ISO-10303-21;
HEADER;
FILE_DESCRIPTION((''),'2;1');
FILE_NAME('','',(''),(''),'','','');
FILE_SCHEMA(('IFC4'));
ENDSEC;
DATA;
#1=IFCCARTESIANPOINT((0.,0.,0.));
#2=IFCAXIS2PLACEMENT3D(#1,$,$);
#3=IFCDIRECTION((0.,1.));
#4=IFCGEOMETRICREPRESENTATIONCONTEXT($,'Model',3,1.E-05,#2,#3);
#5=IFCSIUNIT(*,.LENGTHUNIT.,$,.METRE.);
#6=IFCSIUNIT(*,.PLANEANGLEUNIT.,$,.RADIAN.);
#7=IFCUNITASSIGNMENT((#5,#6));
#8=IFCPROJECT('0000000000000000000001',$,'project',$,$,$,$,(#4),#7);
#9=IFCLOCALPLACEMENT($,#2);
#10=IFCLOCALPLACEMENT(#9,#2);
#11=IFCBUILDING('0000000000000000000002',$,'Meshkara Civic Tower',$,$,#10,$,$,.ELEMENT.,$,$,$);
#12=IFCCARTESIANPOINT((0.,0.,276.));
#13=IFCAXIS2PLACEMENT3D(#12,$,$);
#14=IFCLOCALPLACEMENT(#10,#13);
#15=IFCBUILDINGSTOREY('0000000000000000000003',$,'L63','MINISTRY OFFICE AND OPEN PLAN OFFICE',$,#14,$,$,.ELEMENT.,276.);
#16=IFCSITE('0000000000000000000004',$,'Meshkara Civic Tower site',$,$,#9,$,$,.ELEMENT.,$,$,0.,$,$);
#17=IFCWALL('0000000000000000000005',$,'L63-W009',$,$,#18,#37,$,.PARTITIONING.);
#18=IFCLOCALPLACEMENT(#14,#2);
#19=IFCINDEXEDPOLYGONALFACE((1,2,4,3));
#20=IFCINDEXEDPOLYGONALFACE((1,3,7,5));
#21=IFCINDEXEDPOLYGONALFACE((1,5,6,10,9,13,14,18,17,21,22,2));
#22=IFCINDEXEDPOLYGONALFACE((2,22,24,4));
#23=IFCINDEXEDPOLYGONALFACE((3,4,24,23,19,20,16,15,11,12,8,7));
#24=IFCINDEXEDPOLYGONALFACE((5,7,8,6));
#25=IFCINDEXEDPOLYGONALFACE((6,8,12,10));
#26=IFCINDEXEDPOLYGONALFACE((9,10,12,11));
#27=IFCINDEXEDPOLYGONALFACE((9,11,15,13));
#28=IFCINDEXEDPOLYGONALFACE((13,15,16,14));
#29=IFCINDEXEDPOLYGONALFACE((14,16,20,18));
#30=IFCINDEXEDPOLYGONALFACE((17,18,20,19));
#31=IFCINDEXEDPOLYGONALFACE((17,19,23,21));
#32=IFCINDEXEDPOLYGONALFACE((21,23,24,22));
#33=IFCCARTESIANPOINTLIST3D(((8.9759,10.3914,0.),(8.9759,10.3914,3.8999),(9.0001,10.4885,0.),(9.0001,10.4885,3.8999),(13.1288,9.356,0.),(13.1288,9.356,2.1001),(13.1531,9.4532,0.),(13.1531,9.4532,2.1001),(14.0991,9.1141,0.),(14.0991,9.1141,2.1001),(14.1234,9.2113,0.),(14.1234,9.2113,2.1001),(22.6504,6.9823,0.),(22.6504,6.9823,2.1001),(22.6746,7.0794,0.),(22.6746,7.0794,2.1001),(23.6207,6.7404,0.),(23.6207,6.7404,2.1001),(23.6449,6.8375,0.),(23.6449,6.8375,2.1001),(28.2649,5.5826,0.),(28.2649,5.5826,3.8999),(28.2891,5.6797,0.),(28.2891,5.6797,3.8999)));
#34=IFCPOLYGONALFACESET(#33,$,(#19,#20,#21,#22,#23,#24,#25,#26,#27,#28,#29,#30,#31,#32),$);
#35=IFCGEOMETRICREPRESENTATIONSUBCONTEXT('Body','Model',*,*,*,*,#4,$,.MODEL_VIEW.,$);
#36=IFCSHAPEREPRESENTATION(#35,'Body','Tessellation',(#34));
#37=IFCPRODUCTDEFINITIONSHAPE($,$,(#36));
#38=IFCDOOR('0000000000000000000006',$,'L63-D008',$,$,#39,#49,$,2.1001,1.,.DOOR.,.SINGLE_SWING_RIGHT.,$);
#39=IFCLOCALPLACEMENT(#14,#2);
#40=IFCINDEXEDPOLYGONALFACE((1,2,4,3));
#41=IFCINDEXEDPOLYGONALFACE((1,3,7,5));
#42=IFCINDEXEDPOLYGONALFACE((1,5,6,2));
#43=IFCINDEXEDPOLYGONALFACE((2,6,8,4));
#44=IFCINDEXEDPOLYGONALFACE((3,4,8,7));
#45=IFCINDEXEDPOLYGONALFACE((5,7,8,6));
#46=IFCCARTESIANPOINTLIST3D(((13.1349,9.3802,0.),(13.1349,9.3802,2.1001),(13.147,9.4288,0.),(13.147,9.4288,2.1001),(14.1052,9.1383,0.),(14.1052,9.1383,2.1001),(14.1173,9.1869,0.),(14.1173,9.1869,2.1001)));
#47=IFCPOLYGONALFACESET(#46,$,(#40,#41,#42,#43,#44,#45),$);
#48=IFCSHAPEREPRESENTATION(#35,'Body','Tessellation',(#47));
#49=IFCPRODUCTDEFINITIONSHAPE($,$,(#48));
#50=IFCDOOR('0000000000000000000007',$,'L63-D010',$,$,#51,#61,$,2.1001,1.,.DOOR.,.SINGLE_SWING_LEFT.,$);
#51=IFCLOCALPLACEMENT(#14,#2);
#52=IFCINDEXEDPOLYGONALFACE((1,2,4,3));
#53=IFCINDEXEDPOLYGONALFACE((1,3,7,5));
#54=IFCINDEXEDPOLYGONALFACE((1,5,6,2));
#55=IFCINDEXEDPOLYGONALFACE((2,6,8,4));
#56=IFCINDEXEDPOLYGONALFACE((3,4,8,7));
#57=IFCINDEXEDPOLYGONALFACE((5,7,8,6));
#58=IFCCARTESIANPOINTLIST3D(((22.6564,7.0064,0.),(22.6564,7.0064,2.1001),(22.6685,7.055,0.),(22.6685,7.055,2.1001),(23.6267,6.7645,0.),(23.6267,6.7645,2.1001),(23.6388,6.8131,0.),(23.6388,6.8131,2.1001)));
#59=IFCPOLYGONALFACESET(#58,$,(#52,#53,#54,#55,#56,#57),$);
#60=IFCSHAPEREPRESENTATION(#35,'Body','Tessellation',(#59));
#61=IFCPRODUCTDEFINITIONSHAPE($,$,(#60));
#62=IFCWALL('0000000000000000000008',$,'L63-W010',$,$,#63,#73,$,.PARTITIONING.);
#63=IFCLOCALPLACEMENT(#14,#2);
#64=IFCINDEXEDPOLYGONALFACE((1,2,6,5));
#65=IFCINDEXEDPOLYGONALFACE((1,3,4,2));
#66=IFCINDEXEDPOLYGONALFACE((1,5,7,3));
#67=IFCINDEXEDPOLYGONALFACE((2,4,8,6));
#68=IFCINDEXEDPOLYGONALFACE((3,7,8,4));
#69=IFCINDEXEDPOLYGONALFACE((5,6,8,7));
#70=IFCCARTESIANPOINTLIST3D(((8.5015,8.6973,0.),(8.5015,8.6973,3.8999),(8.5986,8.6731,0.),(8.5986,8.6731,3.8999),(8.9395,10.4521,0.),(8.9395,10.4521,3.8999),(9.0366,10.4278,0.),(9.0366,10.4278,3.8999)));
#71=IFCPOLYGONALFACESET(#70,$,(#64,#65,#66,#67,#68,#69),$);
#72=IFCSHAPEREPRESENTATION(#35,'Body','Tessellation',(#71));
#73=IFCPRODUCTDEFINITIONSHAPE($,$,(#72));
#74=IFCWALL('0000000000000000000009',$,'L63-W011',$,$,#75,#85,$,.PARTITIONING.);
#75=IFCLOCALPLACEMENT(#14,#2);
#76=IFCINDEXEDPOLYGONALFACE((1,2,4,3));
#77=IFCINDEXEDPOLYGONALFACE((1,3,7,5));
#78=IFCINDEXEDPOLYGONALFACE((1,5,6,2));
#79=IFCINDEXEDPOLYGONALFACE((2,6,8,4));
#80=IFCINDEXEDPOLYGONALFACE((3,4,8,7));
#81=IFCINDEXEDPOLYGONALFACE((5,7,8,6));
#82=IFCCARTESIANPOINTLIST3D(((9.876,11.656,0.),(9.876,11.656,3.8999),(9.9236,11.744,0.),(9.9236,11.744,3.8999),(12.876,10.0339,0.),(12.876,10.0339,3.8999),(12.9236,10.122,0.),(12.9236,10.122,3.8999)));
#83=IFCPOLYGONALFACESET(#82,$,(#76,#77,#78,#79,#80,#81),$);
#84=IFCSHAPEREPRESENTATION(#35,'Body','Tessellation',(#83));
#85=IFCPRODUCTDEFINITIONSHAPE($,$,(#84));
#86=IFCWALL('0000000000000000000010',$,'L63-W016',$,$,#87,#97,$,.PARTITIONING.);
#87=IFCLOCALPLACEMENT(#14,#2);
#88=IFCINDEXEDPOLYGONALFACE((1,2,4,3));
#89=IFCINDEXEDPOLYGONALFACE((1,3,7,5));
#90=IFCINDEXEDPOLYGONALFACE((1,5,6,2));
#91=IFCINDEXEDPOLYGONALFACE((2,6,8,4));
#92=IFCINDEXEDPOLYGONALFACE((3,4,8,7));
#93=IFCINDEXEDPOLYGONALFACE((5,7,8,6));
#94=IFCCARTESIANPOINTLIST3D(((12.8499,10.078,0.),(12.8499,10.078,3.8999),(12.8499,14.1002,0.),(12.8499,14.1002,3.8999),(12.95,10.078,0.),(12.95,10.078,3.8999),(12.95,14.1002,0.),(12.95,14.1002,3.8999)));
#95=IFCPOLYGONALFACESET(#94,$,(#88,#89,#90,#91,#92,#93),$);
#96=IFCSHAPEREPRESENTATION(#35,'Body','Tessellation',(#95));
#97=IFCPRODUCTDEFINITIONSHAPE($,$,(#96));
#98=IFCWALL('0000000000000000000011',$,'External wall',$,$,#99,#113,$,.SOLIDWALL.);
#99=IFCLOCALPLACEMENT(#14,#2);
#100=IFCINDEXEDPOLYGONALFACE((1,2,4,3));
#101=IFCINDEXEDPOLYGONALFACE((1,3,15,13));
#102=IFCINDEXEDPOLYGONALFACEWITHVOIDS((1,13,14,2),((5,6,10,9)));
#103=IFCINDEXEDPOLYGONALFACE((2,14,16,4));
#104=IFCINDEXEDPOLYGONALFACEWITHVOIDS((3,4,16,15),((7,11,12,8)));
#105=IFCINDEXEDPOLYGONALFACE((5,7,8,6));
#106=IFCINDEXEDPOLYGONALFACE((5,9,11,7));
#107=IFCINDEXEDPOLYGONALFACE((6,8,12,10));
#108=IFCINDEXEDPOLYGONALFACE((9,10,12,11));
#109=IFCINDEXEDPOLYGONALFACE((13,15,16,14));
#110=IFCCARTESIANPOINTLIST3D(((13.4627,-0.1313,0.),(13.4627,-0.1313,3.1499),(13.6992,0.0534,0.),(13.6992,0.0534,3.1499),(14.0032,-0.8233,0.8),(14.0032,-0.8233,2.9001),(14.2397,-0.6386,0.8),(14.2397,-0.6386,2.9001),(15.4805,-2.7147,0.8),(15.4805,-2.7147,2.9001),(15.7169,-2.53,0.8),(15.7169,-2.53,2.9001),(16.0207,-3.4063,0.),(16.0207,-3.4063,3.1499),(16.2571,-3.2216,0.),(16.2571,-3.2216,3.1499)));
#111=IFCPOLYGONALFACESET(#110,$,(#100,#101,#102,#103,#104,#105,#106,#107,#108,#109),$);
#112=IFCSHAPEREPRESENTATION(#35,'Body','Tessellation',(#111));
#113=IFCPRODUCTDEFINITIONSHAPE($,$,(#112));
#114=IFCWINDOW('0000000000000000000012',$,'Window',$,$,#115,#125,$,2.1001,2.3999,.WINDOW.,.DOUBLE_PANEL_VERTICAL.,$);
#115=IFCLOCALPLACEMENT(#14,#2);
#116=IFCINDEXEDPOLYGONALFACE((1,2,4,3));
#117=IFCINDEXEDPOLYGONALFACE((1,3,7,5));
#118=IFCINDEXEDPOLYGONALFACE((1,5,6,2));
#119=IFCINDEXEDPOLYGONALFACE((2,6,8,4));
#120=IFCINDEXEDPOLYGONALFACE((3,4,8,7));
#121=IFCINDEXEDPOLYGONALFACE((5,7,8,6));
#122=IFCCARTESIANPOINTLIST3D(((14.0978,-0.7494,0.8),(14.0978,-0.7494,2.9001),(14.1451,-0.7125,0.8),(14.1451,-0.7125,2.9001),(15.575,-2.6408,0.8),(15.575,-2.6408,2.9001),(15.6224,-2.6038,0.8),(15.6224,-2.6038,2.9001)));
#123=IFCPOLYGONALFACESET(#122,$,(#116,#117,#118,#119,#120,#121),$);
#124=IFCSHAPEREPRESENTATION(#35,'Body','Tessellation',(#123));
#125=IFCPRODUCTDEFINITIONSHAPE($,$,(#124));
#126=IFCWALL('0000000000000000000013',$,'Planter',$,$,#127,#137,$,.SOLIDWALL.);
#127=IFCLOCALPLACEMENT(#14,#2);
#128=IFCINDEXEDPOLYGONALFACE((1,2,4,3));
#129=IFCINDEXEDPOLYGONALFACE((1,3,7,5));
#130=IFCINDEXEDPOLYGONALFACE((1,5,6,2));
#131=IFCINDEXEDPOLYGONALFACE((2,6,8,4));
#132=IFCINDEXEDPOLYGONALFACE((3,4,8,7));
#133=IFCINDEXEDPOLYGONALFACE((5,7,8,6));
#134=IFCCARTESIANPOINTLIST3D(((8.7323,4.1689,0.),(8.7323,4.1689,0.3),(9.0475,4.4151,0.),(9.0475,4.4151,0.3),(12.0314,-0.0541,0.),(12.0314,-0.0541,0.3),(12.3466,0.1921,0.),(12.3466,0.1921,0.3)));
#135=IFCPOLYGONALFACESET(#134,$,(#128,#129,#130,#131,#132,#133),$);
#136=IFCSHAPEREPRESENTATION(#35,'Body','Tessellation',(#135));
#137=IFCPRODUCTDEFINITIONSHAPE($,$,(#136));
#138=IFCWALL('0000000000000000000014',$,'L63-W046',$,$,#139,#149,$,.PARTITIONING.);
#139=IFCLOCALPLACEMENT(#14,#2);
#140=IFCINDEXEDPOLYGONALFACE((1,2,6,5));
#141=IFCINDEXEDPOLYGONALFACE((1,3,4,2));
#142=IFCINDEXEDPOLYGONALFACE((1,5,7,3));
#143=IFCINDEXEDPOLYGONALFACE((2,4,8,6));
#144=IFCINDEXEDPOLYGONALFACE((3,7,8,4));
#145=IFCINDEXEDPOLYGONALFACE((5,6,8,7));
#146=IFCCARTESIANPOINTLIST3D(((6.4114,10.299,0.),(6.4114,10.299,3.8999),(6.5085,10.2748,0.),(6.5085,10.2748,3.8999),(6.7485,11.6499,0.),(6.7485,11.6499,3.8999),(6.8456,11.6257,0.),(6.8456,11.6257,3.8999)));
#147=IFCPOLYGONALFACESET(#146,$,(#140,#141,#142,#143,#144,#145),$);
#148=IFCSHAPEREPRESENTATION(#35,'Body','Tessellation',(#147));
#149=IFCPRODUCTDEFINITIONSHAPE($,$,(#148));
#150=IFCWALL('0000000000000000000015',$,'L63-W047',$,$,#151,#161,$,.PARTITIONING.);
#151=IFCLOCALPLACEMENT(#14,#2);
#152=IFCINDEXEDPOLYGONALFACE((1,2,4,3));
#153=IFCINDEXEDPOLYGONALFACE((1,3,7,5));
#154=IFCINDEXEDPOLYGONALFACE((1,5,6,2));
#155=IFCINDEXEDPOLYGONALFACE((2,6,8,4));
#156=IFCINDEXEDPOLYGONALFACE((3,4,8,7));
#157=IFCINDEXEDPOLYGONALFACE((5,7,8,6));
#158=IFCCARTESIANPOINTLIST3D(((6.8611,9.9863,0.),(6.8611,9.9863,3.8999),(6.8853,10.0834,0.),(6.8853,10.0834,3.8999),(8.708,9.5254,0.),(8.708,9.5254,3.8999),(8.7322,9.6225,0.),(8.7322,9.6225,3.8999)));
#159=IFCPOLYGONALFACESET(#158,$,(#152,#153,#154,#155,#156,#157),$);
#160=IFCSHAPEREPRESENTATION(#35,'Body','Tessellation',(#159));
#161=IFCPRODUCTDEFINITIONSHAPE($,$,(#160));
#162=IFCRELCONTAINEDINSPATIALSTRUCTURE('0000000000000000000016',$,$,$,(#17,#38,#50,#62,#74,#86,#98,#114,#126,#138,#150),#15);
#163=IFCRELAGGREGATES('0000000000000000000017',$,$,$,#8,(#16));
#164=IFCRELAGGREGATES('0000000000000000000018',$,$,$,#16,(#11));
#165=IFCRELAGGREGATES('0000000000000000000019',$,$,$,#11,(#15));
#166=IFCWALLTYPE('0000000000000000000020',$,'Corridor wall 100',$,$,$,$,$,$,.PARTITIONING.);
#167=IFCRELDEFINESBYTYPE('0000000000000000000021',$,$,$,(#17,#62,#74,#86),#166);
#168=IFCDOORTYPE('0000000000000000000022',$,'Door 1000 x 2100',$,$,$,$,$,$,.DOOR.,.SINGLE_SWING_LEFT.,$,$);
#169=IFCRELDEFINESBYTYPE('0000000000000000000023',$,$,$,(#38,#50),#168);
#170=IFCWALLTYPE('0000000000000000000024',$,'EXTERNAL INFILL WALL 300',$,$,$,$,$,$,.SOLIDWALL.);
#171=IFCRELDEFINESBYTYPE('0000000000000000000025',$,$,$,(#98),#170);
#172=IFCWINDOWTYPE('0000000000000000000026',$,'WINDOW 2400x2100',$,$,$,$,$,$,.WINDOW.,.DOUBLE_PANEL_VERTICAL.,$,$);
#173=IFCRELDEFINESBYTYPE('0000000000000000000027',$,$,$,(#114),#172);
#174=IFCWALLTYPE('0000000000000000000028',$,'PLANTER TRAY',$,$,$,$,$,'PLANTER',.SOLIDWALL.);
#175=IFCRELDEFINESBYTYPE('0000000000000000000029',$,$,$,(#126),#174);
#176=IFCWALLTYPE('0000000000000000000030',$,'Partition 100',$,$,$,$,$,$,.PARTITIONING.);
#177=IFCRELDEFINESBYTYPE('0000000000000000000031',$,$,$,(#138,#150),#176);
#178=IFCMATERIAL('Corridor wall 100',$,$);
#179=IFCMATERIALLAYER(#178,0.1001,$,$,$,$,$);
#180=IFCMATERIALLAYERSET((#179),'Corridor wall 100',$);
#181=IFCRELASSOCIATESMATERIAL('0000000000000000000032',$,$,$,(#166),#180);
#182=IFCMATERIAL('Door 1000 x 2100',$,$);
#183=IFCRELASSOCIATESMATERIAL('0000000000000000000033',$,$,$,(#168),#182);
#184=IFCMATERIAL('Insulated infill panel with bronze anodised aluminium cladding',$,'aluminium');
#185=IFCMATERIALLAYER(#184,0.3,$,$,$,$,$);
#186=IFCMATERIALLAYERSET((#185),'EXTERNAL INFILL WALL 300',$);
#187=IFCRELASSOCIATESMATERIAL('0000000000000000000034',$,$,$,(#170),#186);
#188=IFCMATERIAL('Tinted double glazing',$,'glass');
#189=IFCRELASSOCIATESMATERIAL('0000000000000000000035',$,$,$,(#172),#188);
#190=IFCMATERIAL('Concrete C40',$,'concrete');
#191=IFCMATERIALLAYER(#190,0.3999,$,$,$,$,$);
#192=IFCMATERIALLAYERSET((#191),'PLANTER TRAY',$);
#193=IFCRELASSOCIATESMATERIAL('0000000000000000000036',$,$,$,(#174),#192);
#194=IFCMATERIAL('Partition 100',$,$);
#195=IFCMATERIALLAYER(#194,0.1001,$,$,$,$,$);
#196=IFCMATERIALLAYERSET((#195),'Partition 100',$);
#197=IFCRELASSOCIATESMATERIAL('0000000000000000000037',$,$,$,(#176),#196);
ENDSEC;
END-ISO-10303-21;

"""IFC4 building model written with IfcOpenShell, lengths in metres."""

from ifc_helpers import new_model, si_unit, direction, frame, frame_2d, origin, place, context, subcontext, project, spatial, rectangle, extrude, material, layer, layer_set, type_object, element, fill, save


model = new_model("IFC4")

# Units and contexts
model_context = context("Model", 3, precision=1e-05, world=origin(), true_north=direction((0.0, 1.0)))
body_context = subcontext(model_context, "Body", "Model", "MODEL_VIEW")
ifc_project = project(units=[si_unit("LENGTHUNIT", "METRE"), si_unit("PLANEANGLEUNIT", "RADIAN")], contexts=[model_context])

# Site, building, storey
site_placement = place(None, origin())
site = spatial("IfcSite", under=ifc_project, at=site_placement, Name="Meshkara Civic Tower site", CompositionType="ELEMENT", RefElevation=0.0)
building_placement = place(site_placement, origin())
building = spatial("IfcBuilding", under=site, at=building_placement, Name="Meshkara Civic Tower", CompositionType="ELEMENT")
storey_placement = place(building_placement, frame((0.0, 0.0, 276.0)))
storey = spatial("IfcBuildingStorey", under=building, at=storey_placement, Name="L63", Description="MINISTRY OFFICE AND OPEN PLAN OFFICE", CompositionType="ELEMENT", Elevation=276.0)

# Wall, openings, doors
ifc_material_1 = material(Name="Corridor wall 100")
ifc_layer_1 = layer(ifc_material_1, 0.1001)
ifc_layer_set_1 = layer_set([ifc_layer_1], Name="Corridor wall 100")
wall_type_1 = type_object("IfcWallType", Name="Corridor wall 100", PredefinedType="PARTITIONING", material=ifc_layer_set_1)
ifc_material_2 = material(Name="Door 1000 x 2100")
door_type_1 = type_object("IfcDoorType", Name="Door 1000 x 2100", OperationType="SINGLE_SWING_LEFT", PredefinedType="DOOR", material=ifc_material_2)
wall_1_placement = place(storey_placement, frame((8.988, 10.4399, 0.0), z_axis=(0.0, 0.0, 1.0), x_axis=(0.970301, -0.2419, 0.0)))
wall_1 = element("IfcWall", 1, at=wall_1_placement, inside=storey, type_object=wall_type_1, Name="L63-W009", PredefinedType="PARTITIONING", context=body_context, shape_type="SweptSolid", body=[
    extrude(rectangle(XDim=19.8794, YDim=0.1001, at=frame_2d((9.9397, 0.0))), origin(), (0.0, 0.0, 1.0), 3.8999),
])
opening_1_placement = place(wall_1_placement, frame((4.28, 0.0, 0.0)))
opening_1 = element("IfcOpeningElement", 2, at=opening_1_placement, cuts=wall_1, PredefinedType="OPENING", context=body_context, shape_type="SweptSolid", body=[
    extrude(rectangle(XDim=1.0, YDim=2.1001, at=frame_2d((0.5, 1.05))), frame((0.0, 0.0601, 0.0), z_axis=(0.0, -1.0, 0.0), x_axis=(1.0, 0.0, 0.0)), (0.0, 0.0, 1.0), 0.1201),
])
opening_2_placement = place(wall_1_placement, frame((14.093, 0.0, 0.0)))
opening_2 = element("IfcOpeningElement", 3, at=opening_2_placement, cuts=wall_1, PredefinedType="OPENING", context=body_context, shape_type="SweptSolid", body=[
    extrude(rectangle(XDim=1.0, YDim=2.1001, at=frame_2d((0.5, 1.05))), frame((0.0, 0.0601, 0.0), z_axis=(0.0, -1.0, 0.0), x_axis=(1.0, 0.0, 0.0)), (0.0, 0.0, 1.0), 0.1201),
])
door_1_placement = place(opening_1_placement, origin())
door_1 = element("IfcDoor", 4, at=door_1_placement, inside=storey, type_object=door_type_1, Name="L63-D008", OperationType="SINGLE_SWING_RIGHT", OverallHeight=2.1001, OverallWidth=1.0, PredefinedType="DOOR", context=body_context, shape_type="SweptSolid", body=[
    extrude(rectangle(XDim=1.0, YDim=2.1001, at=frame_2d((0.5, 1.05))), frame((0.0, 0.0249, 0.0), z_axis=(0.0, -1.0, 0.0), x_axis=(1.0, 0.0, 0.0)), (0.0, 0.0, 1.0), 0.05),
])
fill(opening_1, door_1)
door_2_placement = place(opening_2_placement, origin())
door_2 = element("IfcDoor", 5, at=door_2_placement, inside=storey, type_object=door_type_1, Name="L63-D010", OperationType="SINGLE_SWING_LEFT", OverallHeight=2.1001, OverallWidth=1.0, PredefinedType="DOOR", context=body_context, shape_type="SweptSolid", body=[
    extrude(rectangle(XDim=1.0, YDim=2.1001, at=frame_2d((0.5, 1.05))), frame((0.0, 0.0249, 0.0), z_axis=(0.0, -1.0, 0.0), x_axis=(1.0, 0.0, 0.0)), (0.0, 0.0, 1.0), 0.05),
])
fill(opening_2, door_2)

# Walls
wall_2_placement = place(storey_placement, frame((8.988, 10.4399, 0.0), z_axis=(0.0, 0.0, 1.0), x_axis=(-0.242154, -0.970238, 0.0)))
element("IfcWall", 6, at=wall_2_placement, inside=storey, type_object=wall_type_1, Name="L63-W010", PredefinedType="PARTITIONING", context=body_context, shape_type="SweptSolid", body=[
    extrude(rectangle(XDim=1.8086, YDim=0.1001, at=frame_2d((0.9043, 0.0))), origin(), (0.0, 0.0, 1.0), 3.8999),
])
wall_3_placement = place(storey_placement, frame((9.8999, 11.7, 0.0), z_axis=(0.0, 0.0, 1.0), x_axis=(0.879651, -0.475619, 0.0)))
element("IfcWall", 7, at=wall_3_placement, inside=storey, type_object=wall_type_1, Name="L63-W011", PredefinedType="PARTITIONING", context=body_context, shape_type="SweptSolid", body=[
    extrude(rectangle(XDim=3.4104, YDim=0.1001, at=frame_2d((1.7051, 0.0))), origin(), (0.0, 0.0, 1.0), 3.8999),
])
wall_4_placement = place(storey_placement, frame((12.8999, 10.0779, 0.0), z_axis=(0.0, 0.0, 1.0), x_axis=(0.0, 1.0, 0.0)))
element("IfcWall", 8, at=wall_4_placement, inside=storey, type_object=wall_type_1, Name="L63-W016", PredefinedType="PARTITIONING", context=body_context, shape_type="SweptSolid", body=[
    extrude(rectangle(XDim=4.0222, YDim=0.1001, at=frame_2d((2.0112, 0.0))), origin(), (0.0, 0.0, 1.0), 3.8999),
])

# Wall, opening, window
ifc_material_3 = material(Name="Insulated infill panel with bronze anodised aluminium cladding", Category="aluminium")
ifc_layer_2 = layer(ifc_material_3, 0.3)
ifc_layer_set_2 = layer_set([ifc_layer_2], Name="EXTERNAL INFILL WALL 300")
wall_type_2 = type_object("IfcWallType", Name="EXTERNAL INFILL WALL 300", PredefinedType="SOLIDWALL", material=ifc_layer_set_2)
wall_5_placement = place(storey_placement, frame((13.5811, -0.0391, 0.0), z_axis=(0.0, 0.0, 1.0), x_axis=(0.615546, -0.788101, 0.0)))
wall_5 = element("IfcWall", 9, at=wall_5_placement, inside=storey, type_object=wall_type_2, Name="External wall", PredefinedType="SOLIDWALL", context=body_context, shape_type="SweptSolid", body=[
    extrude(rectangle(XDim=4.1555, YDim=0.3, at=frame_2d((2.0776, 0.0))), origin(), (0.0, 0.0, 1.0), 3.1499),
])
opening_3_placement = place(wall_5_placement, frame((0.8779, 0.0, 0.8)))
opening_3 = element("IfcOpeningElement", 10, at=opening_3_placement, cuts=wall_5, PredefinedType="OPENING", context=body_context, shape_type="SweptSolid", body=[
    extrude(rectangle(XDim=2.3999, YDim=2.1001, at=frame_2d((1.2, 1.05))), frame((0.0, 0.1599, 0.0), z_axis=(0.0, -1.0, 0.0), x_axis=(1.0, 0.0, 0.0)), (0.0, 0.0, 1.0), 0.3201),
])
ifc_material_4 = material(Name="Tinted double glazing", Category="glass")
window_type = type_object("IfcWindowType", Name="WINDOW 2400x2100", PartitioningType="DOUBLE_PANEL_VERTICAL", PredefinedType="WINDOW", material=ifc_material_4)
window_placement = place(opening_3_placement, origin())
window = element("IfcWindow", 11, at=window_placement, inside=storey, type_object=window_type, Name="Window", OverallHeight=2.1001, OverallWidth=2.3999, PartitioningType="DOUBLE_PANEL_VERTICAL", PredefinedType="WINDOW", context=body_context, shape_type="SweptSolid", body=[
    extrude(rectangle(XDim=2.3999, YDim=2.1001, at=frame_2d((1.2, 1.05))), frame((0.0, 0.03, 0.0), z_axis=(0.0, -1.0, 0.0), x_axis=(1.0, 0.0, 0.0)), (0.0, 0.0, 1.0), 0.0601),
])
fill(opening_3, window)

# Walls
ifc_material_5 = material(Name="Concrete C40", Category="concrete")
ifc_layer_3 = layer(ifc_material_5, 0.3999)
ifc_layer_set_3 = layer_set([ifc_layer_3], Name="PLANTER TRAY")
wall_type_3 = type_object("IfcWallType", Name="PLANTER TRAY", ElementType="PLANTER", PredefinedType="SOLIDWALL", material=ifc_layer_set_3)
wall_6_placement = place(storey_placement, frame((8.8899, 4.292, 0.0), z_axis=(0.0, 0.0, 1.0), x_axis=(0.615636, -0.788031, 0.0)))
element("IfcWall", 12, at=wall_6_placement, inside=storey, type_object=wall_type_3, Name="Planter", PredefinedType="SOLIDWALL", context=body_context, shape_type="SweptSolid", body=[
    extrude(rectangle(XDim=5.3589, YDim=0.3999, at=frame_2d((2.6794, 0.0))), origin(), (0.0, 0.0, 1.0), 0.3),
])
ifc_material_6 = material(Name="Partition 100")
ifc_layer_4 = layer(ifc_material_6, 0.1001)
ifc_layer_set_4 = layer_set([ifc_layer_4], Name="Partition 100")
wall_type_4 = type_object("IfcWallType", Name="Partition 100", PredefinedType="PARTITIONING", material=ifc_layer_set_4)
wall_7_placement = place(storey_placement, frame((6.7971, 11.6379, 0.0), z_axis=(0.0, 0.0, 1.0), x_axis=(-0.242164, -0.970235, 0.0)))
element("IfcWall", 13, at=wall_7_placement, inside=storey, type_object=wall_type_4, Name="L63-W046", PredefinedType="PARTITIONING", context=body_context, shape_type="SweptSolid", body=[
    extrude(rectangle(XDim=1.3923, YDim=0.1001, at=frame_2d((0.6963, 0.0))), origin(), (0.0, 0.0, 1.0), 3.8999),
])
wall_8_placement = place(storey_placement, frame((8.72, 9.574, 0.0), z_axis=(0.0, 0.0, 1.0), x_axis=(-0.97024, 0.242143, 0.0)))
element("IfcWall", 14, at=wall_8_placement, inside=storey, type_object=wall_type_4, Name="L63-W047", PredefinedType="PARTITIONING", context=body_context, shape_type="SweptSolid", body=[
    extrude(rectangle(XDim=1.9036, YDim=0.1001, at=frame_2d((0.9517, 0.0))), origin(), (0.0, 0.0, 1.0), 3.8999),
])

save(model, "model.ifc")
